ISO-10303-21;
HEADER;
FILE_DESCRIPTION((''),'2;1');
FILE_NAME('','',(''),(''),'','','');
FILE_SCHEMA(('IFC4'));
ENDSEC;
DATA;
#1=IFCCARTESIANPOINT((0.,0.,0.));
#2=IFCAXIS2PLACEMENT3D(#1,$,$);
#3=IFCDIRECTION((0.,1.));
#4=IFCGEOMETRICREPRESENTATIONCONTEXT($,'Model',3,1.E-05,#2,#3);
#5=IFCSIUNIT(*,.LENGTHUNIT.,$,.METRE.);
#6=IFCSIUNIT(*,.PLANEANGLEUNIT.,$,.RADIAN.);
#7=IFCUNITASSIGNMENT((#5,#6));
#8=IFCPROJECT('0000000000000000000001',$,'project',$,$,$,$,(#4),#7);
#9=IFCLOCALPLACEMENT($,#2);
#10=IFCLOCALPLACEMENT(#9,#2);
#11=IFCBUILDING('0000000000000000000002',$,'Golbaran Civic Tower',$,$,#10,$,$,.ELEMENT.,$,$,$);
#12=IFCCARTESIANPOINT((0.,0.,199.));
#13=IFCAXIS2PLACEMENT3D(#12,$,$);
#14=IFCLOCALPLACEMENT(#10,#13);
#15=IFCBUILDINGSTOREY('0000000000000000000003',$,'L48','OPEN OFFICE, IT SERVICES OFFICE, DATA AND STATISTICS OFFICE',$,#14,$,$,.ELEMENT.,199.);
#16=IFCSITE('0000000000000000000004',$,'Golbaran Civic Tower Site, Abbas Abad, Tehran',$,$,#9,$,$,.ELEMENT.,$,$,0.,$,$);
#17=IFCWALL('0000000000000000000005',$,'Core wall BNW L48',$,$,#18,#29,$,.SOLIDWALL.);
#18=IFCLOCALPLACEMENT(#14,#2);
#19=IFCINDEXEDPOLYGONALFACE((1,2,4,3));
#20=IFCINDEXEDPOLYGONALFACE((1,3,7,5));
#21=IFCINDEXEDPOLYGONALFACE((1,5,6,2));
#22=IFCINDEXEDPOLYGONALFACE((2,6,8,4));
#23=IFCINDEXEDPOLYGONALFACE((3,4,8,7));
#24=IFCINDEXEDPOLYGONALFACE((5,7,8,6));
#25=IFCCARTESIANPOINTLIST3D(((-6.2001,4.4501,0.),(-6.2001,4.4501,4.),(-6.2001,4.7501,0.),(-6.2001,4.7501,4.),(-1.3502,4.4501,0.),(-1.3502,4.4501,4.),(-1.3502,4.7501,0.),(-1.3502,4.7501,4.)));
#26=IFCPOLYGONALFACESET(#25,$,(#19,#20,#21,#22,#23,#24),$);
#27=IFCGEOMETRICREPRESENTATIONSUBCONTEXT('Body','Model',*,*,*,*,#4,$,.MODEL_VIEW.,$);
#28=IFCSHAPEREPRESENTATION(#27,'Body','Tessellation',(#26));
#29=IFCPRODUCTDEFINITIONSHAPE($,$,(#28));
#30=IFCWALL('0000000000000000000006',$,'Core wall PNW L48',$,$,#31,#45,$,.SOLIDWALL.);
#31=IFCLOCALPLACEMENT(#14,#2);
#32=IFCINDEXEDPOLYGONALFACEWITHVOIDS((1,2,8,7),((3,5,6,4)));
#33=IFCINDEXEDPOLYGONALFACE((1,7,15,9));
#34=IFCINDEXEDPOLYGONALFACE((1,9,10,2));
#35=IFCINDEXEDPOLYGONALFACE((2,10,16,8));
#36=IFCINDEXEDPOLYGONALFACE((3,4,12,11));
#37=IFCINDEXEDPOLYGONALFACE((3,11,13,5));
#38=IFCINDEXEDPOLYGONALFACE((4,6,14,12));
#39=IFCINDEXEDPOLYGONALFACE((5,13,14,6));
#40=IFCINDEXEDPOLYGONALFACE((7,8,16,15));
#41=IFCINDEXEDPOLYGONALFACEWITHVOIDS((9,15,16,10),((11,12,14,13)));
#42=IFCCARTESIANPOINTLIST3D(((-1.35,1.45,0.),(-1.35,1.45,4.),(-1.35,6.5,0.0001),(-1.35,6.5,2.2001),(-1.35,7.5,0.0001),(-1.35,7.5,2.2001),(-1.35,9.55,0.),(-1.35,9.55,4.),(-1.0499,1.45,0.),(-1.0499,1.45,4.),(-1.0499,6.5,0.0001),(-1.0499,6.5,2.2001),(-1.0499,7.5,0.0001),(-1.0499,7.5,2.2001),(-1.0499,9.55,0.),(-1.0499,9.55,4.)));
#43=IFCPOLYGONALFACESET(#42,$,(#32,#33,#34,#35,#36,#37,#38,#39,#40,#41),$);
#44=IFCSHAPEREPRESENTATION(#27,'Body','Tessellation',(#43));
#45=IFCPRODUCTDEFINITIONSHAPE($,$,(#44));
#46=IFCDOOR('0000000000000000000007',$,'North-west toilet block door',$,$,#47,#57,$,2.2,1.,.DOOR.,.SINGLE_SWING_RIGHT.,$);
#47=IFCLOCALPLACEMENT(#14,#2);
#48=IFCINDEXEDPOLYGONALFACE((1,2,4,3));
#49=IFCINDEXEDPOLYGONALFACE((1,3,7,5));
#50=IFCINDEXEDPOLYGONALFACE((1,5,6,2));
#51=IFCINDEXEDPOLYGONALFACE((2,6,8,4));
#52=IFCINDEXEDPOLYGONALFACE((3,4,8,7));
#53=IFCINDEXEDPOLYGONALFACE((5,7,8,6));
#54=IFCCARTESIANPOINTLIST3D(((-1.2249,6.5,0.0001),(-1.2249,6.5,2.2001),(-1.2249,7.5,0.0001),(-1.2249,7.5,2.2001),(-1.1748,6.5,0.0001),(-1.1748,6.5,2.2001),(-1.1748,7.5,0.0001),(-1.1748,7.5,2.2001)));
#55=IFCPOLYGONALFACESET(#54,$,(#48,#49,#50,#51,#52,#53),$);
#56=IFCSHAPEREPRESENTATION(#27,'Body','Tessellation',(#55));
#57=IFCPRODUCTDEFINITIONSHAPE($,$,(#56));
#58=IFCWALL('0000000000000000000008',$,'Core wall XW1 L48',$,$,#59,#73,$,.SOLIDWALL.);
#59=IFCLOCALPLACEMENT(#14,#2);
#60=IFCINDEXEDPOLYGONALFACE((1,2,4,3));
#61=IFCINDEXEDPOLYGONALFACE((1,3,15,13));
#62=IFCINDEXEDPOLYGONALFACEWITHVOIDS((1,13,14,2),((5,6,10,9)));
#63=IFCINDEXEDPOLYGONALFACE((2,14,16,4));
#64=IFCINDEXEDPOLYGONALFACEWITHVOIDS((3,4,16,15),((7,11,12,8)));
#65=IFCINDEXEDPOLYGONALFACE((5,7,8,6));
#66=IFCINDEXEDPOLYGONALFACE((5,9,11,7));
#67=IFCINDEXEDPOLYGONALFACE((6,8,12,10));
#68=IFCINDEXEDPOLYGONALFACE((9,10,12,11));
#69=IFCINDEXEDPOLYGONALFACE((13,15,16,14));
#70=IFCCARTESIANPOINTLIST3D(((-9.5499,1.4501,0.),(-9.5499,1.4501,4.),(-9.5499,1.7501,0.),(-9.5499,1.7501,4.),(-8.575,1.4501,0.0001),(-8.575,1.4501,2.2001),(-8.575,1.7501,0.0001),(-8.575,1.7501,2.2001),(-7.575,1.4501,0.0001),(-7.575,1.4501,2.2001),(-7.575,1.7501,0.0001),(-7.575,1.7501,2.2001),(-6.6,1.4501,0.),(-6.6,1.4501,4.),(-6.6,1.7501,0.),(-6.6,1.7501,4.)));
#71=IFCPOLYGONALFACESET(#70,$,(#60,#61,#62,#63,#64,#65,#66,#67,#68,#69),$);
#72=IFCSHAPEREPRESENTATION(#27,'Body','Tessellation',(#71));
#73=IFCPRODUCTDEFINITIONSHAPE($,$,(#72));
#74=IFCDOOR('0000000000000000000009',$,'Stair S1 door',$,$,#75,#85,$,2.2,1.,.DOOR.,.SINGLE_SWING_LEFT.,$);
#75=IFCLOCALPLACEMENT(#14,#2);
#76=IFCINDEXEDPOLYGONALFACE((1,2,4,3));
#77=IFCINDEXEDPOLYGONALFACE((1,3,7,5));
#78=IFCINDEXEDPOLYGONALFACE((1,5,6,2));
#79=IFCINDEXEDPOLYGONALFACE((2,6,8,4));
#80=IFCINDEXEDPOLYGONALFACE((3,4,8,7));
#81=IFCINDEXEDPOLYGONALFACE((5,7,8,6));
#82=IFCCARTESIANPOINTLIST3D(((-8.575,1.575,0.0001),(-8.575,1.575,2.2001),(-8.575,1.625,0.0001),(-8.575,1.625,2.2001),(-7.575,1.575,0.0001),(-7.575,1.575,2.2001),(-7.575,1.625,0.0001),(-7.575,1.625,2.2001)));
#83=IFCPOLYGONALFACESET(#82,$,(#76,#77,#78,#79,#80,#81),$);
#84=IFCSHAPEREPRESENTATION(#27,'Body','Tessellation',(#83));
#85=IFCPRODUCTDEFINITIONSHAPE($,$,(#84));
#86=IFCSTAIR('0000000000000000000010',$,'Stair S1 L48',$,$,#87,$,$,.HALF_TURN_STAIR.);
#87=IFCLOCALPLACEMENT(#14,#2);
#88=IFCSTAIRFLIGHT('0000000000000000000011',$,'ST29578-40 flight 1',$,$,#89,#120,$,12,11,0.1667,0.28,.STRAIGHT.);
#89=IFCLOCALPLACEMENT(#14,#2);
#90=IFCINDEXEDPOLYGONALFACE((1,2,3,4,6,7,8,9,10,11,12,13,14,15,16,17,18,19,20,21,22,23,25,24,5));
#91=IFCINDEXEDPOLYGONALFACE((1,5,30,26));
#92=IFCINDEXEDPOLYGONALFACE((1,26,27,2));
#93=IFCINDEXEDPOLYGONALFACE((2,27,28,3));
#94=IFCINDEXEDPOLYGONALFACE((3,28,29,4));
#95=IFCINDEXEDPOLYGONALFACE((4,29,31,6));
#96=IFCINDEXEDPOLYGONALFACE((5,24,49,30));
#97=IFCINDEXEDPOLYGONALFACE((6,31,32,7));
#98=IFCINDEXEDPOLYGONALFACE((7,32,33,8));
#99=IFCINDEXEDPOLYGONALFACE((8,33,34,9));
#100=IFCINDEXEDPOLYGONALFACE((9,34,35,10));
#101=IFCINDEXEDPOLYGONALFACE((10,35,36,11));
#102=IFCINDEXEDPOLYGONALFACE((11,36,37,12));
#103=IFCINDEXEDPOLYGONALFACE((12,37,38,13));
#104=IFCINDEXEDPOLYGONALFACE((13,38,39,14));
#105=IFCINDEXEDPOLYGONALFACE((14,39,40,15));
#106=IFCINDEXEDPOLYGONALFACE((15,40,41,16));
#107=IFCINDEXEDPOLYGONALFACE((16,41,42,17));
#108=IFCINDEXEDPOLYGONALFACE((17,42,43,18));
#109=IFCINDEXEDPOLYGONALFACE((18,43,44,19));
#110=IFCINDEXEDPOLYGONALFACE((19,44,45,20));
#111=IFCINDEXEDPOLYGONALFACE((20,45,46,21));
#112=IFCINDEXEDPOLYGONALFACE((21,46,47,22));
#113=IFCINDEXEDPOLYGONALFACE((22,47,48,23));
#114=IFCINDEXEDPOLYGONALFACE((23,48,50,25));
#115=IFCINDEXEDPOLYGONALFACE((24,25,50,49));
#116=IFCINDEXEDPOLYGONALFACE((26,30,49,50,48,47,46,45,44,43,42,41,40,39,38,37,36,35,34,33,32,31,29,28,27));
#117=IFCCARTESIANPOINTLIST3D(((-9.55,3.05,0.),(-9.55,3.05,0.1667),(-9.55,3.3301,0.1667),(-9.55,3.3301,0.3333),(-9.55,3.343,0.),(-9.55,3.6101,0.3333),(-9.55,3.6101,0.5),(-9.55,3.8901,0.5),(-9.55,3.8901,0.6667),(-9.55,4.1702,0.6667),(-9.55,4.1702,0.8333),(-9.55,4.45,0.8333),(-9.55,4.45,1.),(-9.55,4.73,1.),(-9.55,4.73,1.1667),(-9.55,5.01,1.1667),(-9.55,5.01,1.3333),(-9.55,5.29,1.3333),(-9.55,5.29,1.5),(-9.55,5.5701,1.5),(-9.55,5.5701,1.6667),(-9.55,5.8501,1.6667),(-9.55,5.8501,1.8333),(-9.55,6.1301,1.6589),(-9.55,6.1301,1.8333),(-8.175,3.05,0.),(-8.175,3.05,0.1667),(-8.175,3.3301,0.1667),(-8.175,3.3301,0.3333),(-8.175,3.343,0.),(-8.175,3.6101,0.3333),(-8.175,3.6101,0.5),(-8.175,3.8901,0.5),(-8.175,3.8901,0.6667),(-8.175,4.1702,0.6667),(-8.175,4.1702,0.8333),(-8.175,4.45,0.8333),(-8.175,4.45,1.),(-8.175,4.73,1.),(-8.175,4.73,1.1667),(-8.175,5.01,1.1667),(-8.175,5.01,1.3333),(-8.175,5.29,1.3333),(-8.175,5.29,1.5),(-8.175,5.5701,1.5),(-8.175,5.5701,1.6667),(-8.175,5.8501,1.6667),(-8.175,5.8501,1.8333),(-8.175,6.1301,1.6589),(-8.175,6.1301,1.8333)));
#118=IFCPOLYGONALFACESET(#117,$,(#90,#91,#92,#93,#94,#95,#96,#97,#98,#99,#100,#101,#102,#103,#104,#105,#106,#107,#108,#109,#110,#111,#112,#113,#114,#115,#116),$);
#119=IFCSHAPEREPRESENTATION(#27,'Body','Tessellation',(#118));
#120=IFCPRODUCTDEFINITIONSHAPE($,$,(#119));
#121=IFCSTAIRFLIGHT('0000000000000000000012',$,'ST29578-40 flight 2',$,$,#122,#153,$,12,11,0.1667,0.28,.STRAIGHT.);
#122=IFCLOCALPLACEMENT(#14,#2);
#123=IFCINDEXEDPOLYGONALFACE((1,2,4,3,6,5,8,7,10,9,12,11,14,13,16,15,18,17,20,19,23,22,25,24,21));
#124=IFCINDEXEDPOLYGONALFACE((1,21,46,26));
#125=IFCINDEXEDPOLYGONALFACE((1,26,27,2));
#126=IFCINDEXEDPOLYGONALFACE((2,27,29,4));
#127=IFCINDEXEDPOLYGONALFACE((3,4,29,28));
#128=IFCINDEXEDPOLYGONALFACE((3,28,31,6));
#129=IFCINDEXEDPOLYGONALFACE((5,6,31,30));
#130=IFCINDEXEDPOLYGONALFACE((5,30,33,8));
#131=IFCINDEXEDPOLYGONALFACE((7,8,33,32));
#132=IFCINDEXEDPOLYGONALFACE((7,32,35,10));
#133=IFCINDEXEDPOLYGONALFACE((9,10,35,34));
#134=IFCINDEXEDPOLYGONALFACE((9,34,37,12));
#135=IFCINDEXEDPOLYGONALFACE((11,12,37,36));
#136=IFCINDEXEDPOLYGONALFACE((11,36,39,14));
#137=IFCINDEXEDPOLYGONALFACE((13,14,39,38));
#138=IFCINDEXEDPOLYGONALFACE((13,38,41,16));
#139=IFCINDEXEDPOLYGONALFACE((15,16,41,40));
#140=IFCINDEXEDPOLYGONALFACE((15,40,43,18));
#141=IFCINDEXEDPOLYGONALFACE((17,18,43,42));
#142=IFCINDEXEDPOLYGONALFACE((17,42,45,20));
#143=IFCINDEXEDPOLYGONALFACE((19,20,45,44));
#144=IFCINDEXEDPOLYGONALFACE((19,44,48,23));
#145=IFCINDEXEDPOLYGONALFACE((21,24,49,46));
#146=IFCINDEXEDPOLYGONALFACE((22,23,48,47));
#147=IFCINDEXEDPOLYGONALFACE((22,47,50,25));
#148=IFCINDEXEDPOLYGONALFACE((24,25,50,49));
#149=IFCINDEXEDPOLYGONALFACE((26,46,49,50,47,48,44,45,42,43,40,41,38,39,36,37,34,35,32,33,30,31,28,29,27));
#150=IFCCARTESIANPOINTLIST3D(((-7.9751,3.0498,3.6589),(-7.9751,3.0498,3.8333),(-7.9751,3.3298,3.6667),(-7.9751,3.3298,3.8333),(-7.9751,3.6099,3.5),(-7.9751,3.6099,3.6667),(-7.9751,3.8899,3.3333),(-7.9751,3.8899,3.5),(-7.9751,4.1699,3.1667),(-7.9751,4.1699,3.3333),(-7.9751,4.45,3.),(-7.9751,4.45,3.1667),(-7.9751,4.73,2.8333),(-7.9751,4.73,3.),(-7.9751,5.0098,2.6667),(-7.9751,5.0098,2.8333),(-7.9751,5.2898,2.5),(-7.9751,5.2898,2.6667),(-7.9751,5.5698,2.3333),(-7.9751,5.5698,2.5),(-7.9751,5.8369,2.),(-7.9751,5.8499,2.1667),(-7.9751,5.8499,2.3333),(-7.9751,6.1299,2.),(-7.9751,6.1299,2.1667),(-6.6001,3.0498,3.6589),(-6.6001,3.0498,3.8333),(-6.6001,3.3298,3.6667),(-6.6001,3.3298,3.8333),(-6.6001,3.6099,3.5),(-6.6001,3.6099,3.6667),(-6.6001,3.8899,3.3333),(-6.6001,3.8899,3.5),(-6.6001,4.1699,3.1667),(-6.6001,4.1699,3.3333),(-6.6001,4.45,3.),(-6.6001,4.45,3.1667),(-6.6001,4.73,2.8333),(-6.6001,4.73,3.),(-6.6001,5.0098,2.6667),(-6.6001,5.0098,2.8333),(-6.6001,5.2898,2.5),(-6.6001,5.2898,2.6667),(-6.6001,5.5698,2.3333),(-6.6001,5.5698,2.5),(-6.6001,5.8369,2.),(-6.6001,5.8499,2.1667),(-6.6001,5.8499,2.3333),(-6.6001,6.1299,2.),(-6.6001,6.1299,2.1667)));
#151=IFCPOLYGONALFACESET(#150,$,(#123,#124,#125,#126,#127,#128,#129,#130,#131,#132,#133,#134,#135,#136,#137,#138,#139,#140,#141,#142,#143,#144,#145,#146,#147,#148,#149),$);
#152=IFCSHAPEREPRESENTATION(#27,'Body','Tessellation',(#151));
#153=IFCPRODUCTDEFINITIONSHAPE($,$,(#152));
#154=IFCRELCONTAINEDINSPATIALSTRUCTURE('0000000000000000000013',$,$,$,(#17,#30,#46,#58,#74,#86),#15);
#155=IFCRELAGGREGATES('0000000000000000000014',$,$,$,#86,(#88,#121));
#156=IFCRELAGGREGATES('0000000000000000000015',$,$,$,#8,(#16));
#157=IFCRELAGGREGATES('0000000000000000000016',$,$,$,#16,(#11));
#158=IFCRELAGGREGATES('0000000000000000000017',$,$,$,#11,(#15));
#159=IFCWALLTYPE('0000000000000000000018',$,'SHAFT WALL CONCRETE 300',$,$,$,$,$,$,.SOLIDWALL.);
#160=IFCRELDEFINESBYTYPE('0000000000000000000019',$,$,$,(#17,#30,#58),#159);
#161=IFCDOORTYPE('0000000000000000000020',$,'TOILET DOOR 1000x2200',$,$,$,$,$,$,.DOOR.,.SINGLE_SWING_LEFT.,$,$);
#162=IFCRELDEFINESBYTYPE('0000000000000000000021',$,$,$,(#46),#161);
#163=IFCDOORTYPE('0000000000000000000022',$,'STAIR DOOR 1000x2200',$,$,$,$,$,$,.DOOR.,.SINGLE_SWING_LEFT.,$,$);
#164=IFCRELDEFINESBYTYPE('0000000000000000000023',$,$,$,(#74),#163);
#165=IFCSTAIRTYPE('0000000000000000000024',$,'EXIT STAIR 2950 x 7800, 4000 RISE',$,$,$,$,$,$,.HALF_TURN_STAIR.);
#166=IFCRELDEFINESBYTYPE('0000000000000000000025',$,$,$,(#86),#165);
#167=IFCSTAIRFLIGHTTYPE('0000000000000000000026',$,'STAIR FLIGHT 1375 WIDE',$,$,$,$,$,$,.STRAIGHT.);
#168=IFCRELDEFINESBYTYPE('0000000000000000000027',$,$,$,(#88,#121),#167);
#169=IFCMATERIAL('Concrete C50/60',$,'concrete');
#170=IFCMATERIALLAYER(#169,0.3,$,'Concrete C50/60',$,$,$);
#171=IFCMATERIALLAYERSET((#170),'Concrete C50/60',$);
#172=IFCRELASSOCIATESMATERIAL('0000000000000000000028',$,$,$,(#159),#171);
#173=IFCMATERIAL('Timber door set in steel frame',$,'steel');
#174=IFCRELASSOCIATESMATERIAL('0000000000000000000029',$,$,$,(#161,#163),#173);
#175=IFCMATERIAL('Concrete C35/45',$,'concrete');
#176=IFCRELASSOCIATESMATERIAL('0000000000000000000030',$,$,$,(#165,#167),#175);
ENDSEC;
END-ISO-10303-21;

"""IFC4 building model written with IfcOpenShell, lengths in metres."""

from ifc_helpers import new_model, si_unit, direction, frame, frame_2d, origin, place, context, subcontext, project, spatial, polyline, rectangle, outline, extrude, material, layer, layer_set, type_object, element, fill, aggregate, save


model = new_model("IFC4")

# Units and contexts
model_context = context("Model", 3, precision=1e-05, world=origin(), true_north=direction((0.0, 1.0)))
body_context = subcontext(model_context, "Body", "Model", "MODEL_VIEW")
ifc_project = project(units=[si_unit("LENGTHUNIT", "METRE"), si_unit("PLANEANGLEUNIT", "RADIAN")], contexts=[model_context])

# Site, building, storey
site_placement = place(None, origin())
site = spatial("IfcSite", under=ifc_project, at=site_placement, Name="Golbaran Civic Tower Site, Abbas Abad, Tehran", CompositionType="ELEMENT", RefElevation=0.0)
building_placement = place(site_placement, origin())
building = spatial("IfcBuilding", under=site, at=building_placement, Name="Golbaran Civic Tower", CompositionType="ELEMENT")
storey_placement = place(building_placement, frame((0.0, 0.0, 199.0)))
storey = spatial("IfcBuildingStorey", under=building, at=storey_placement, Name="L48", Description="OPEN OFFICE, IT SERVICES OFFICE, DATA AND STATISTICS OFFICE", CompositionType="ELEMENT", Elevation=199.0)

# Shared definitions
ifc_material_1 = material(Name="Concrete C50/60", Category="concrete")
ifc_material_2 = material(Name="Timber door set in steel frame", Category="steel")

# Shared definitions
ifc_layer_1 = layer(ifc_material_1, 0.3, Name="Concrete C50/60")
ifc_layer_set_1 = layer_set([ifc_layer_1], Name="Concrete C50/60")
wall_type_1 = type_object("IfcWallType", Name="SHAFT WALL CONCRETE 300", PredefinedType="SOLIDWALL", material=ifc_layer_set_1)

# Wall
wall_1_placement = place(storey_placement, frame((-6.2, 4.6001, 0.0), z_axis=(0.0, 0.0, 1.0), x_axis=(1.0, 0.0, 0.0)))
element("IfcWall", 1, at=wall_1_placement, inside=storey, type_object=wall_type_1, Name="Core wall BNW L48", PredefinedType="SOLIDWALL", context=body_context, shape_type="SweptSolid", body=[
    extrude(rectangle(XDim=4.8499, YDim=0.3, at=frame_2d((2.4248, 0.0))), origin(), (0.0, 0.0, 1.0), 4.0),
])

# Walls, openings, doors
wall_2_placement = place(storey_placement, frame((-1.2, 1.45, 0.0), z_axis=(0.0, 0.0, 1.0), x_axis=(0.0, 1.0, 0.0)))
wall_2 = element("IfcWall", 2, at=wall_2_placement, inside=storey, type_object=wall_type_1, Name="Core wall PNW L48", PredefinedType="SOLIDWALL", context=body_context, shape_type="SweptSolid", body=[
    extrude(rectangle(XDim=8.1001, YDim=0.3, at=frame_2d((4.05, 0.0))), origin(), (0.0, 0.0, 1.0), 4.0),
])
opening_1_placement = place(wall_2_placement, frame((5.05, 0.0, 0.0)))
opening_1 = element("IfcOpeningElement", 3, at=opening_1_placement, cuts=wall_2, PredefinedType="OPENING", context=body_context, shape_type="SweptSolid", body=[
    extrude(rectangle(XDim=1.0, YDim=2.2, at=frame_2d((0.5, 1.1001))), frame((0.0, 0.1599, 0.0), z_axis=(0.0, -1.0, 0.0), x_axis=(1.0, 0.0, 0.0)), (0.0, 0.0, 1.0), 0.3201),
])
door_type_1 = type_object("IfcDoorType", Name="TOILET DOOR 1000x2200", OperationType="SINGLE_SWING_LEFT", PredefinedType="DOOR", material=ifc_material_2)
door_1_placement = place(opening_1_placement, origin())
door_1 = element("IfcDoor", 4, at=door_1_placement, inside=storey, type_object=door_type_1, Name="North-west toilet block door", OperationType="SINGLE_SWING_RIGHT", OverallHeight=2.2, OverallWidth=1.0, PredefinedType="DOOR", context=body_context, shape_type="SweptSolid", body=[
    extrude(rectangle(XDim=1.0, YDim=2.2, at=frame_2d((0.5, 1.1001))), frame((0.0, 0.0249, 0.0), z_axis=(0.0, -1.0, 0.0), x_axis=(1.0, 0.0, 0.0)), (0.0, 0.0, 1.0), 0.05),
])
fill(opening_1, door_1)
wall_3_placement = place(storey_placement, frame((-9.55, 1.6001, 0.0), z_axis=(0.0, 0.0, 1.0), x_axis=(1.0, 0.0, 0.0)))
wall_3 = element("IfcWall", 5, at=wall_3_placement, inside=storey, type_object=wall_type_1, Name="Core wall XW1 L48", PredefinedType="SOLIDWALL", context=body_context, shape_type="SweptSolid", body=[
    extrude(rectangle(XDim=2.95, YDim=0.3, at=frame_2d((1.4751, 0.0))), origin(), (0.0, 0.0, 1.0), 4.0),
])
opening_2_placement = place(wall_3_placement, frame((0.9751, 0.0, 0.0)))
opening_2 = element("IfcOpeningElement", 6, at=opening_2_placement, cuts=wall_3, PredefinedType="OPENING", context=body_context, shape_type="SweptSolid", body=[
    extrude(rectangle(XDim=1.0, YDim=2.2, at=frame_2d((0.5, 1.1001))), frame((0.0, 0.1599, 0.0), z_axis=(0.0, -1.0, 0.0), x_axis=(1.0, 0.0, 0.0)), (0.0, 0.0, 1.0), 0.3201),
])
door_type_2 = type_object("IfcDoorType", Name="STAIR DOOR 1000x2200", OperationType="SINGLE_SWING_LEFT", PredefinedType="DOOR", material=ifc_material_2)
door_2_placement = place(opening_2_placement, origin())
door_2 = element("IfcDoor", 7, at=door_2_placement, inside=storey, type_object=door_type_2, Name="Stair S1 door", OperationType="SINGLE_SWING_LEFT", OverallHeight=2.2, OverallWidth=1.0, PredefinedType="DOOR", context=body_context, shape_type="SweptSolid", body=[
    extrude(rectangle(XDim=1.0, YDim=2.2, at=frame_2d((0.5, 1.1001))), frame((0.0, 0.0249, 0.0), z_axis=(0.0, -1.0, 0.0), x_axis=(1.0, 0.0, 0.0)), (0.0, 0.0, 1.0), 0.05),
])
fill(opening_2, door_2)

# Stair, stair flights
ifc_material_3 = material(Name="Concrete C35/45", Category="concrete")
stair_type = type_object("IfcStairType", Name="EXIT STAIR 2950 x 7800, 4000 RISE", PredefinedType="HALF_TURN_STAIR", material=ifc_material_3)
stair_placement = place(storey_placement, origin())
stair = element("IfcStair", 8, at=stair_placement, inside=storey, type_object=stair_type, Name="Stair S1 L48", PredefinedType="HALF_TURN_STAIR")
stair_flight_type = type_object("IfcStairFlightType", Name="STAIR FLIGHT 1375 WIDE", PredefinedType="STRAIGHT", material=ifc_material_3)
stair_flight_1_placement = place(storey_placement, frame((-8.8625, 3.05, 0.0), z_axis=(0.0, 0.0, 1.0), x_axis=(0.0, 1.0, 0.0)))
stair_flight_1 = element("IfcStairFlight", 9, at=stair_flight_1_placement, type_object=stair_flight_type, Name="ST29578-40 flight 1", NumberOfRisers=12, NumberOfTreads=11, PredefinedType="STRAIGHT", RiserHeight=0.1667, TreadLength=0.28, context=body_context, shape_type="SweptSolid", body=[
    extrude(outline(polyline([(0.0, 0.0), (0.0, 0.1667), (0.28, 0.1667), (0.28, 0.3333), (0.5601, 0.3333), (0.5601, 0.5), (0.8401, 0.5), (0.8401, 0.6667), (1.1201, 0.6667), (1.1201, 0.8333), (1.3999, 0.8333), (1.3999, 1.0), (1.6799, 1.0), (1.6799, 1.1667), (1.96, 1.1667), (1.96, 1.3333), (2.24, 1.3333), (2.24, 1.5), (2.52, 1.5), (2.52, 1.6667), (2.8, 1.6667), (2.8, 1.8333), (3.0801, 1.8333), (3.0801, 2.0), (3.0801, 1.6589), (0.293, 0.0), (0.0, 0.0)])), frame((0.0, 0.6875, 0.0), z_axis=(0.0, -1.0, 0.0), x_axis=(1.0, 0.0, 0.0)), (0.0, 0.0, 1.0), 1.375),
])
stair_flight_2_placement = place(storey_placement, frame((-7.2876, 6.1299, 2.0), z_axis=(0.0, 0.0, 1.0), x_axis=(0.0, -1.0, 0.0)))
stair_flight_2 = element("IfcStairFlight", 10, at=stair_flight_2_placement, type_object=stair_flight_type, Name="ST29578-40 flight 2", NumberOfRisers=12, NumberOfTreads=11, PredefinedType="STRAIGHT", RiserHeight=0.1667, TreadLength=0.28, context=body_context, shape_type="SweptSolid", body=[
    extrude(outline(polyline([(0.0, 0.0), (0.0, 0.1667), (0.28, 0.1667), (0.28, 0.3333), (0.5601, 0.3333), (0.5601, 0.5), (0.8401, 0.5), (0.8401, 0.6667), (1.1201, 0.6667), (1.1201, 0.8333), (1.3999, 0.8333), (1.3999, 1.0), (1.6799, 1.0), (1.6799, 1.1667), (1.96, 1.1667), (1.96, 1.3333), (2.24, 1.3333), (2.24, 1.5), (2.52, 1.5), (2.52, 1.6667), (2.8, 1.6667), (2.8, 1.8333), (3.0801, 1.8333), (3.0801, 2.0), (3.0801, 1.6589), (0.293, 0.0), (0.0, 0.0)])), frame((0.0, 0.6875, 0.0), z_axis=(0.0, -1.0, 0.0), x_axis=(1.0, 0.0, 0.0)), (0.0, 0.0, 1.0), 1.375),
])
aggregate(stair, [stair_flight_1, stair_flight_2])

save(model, "model.ifc")
